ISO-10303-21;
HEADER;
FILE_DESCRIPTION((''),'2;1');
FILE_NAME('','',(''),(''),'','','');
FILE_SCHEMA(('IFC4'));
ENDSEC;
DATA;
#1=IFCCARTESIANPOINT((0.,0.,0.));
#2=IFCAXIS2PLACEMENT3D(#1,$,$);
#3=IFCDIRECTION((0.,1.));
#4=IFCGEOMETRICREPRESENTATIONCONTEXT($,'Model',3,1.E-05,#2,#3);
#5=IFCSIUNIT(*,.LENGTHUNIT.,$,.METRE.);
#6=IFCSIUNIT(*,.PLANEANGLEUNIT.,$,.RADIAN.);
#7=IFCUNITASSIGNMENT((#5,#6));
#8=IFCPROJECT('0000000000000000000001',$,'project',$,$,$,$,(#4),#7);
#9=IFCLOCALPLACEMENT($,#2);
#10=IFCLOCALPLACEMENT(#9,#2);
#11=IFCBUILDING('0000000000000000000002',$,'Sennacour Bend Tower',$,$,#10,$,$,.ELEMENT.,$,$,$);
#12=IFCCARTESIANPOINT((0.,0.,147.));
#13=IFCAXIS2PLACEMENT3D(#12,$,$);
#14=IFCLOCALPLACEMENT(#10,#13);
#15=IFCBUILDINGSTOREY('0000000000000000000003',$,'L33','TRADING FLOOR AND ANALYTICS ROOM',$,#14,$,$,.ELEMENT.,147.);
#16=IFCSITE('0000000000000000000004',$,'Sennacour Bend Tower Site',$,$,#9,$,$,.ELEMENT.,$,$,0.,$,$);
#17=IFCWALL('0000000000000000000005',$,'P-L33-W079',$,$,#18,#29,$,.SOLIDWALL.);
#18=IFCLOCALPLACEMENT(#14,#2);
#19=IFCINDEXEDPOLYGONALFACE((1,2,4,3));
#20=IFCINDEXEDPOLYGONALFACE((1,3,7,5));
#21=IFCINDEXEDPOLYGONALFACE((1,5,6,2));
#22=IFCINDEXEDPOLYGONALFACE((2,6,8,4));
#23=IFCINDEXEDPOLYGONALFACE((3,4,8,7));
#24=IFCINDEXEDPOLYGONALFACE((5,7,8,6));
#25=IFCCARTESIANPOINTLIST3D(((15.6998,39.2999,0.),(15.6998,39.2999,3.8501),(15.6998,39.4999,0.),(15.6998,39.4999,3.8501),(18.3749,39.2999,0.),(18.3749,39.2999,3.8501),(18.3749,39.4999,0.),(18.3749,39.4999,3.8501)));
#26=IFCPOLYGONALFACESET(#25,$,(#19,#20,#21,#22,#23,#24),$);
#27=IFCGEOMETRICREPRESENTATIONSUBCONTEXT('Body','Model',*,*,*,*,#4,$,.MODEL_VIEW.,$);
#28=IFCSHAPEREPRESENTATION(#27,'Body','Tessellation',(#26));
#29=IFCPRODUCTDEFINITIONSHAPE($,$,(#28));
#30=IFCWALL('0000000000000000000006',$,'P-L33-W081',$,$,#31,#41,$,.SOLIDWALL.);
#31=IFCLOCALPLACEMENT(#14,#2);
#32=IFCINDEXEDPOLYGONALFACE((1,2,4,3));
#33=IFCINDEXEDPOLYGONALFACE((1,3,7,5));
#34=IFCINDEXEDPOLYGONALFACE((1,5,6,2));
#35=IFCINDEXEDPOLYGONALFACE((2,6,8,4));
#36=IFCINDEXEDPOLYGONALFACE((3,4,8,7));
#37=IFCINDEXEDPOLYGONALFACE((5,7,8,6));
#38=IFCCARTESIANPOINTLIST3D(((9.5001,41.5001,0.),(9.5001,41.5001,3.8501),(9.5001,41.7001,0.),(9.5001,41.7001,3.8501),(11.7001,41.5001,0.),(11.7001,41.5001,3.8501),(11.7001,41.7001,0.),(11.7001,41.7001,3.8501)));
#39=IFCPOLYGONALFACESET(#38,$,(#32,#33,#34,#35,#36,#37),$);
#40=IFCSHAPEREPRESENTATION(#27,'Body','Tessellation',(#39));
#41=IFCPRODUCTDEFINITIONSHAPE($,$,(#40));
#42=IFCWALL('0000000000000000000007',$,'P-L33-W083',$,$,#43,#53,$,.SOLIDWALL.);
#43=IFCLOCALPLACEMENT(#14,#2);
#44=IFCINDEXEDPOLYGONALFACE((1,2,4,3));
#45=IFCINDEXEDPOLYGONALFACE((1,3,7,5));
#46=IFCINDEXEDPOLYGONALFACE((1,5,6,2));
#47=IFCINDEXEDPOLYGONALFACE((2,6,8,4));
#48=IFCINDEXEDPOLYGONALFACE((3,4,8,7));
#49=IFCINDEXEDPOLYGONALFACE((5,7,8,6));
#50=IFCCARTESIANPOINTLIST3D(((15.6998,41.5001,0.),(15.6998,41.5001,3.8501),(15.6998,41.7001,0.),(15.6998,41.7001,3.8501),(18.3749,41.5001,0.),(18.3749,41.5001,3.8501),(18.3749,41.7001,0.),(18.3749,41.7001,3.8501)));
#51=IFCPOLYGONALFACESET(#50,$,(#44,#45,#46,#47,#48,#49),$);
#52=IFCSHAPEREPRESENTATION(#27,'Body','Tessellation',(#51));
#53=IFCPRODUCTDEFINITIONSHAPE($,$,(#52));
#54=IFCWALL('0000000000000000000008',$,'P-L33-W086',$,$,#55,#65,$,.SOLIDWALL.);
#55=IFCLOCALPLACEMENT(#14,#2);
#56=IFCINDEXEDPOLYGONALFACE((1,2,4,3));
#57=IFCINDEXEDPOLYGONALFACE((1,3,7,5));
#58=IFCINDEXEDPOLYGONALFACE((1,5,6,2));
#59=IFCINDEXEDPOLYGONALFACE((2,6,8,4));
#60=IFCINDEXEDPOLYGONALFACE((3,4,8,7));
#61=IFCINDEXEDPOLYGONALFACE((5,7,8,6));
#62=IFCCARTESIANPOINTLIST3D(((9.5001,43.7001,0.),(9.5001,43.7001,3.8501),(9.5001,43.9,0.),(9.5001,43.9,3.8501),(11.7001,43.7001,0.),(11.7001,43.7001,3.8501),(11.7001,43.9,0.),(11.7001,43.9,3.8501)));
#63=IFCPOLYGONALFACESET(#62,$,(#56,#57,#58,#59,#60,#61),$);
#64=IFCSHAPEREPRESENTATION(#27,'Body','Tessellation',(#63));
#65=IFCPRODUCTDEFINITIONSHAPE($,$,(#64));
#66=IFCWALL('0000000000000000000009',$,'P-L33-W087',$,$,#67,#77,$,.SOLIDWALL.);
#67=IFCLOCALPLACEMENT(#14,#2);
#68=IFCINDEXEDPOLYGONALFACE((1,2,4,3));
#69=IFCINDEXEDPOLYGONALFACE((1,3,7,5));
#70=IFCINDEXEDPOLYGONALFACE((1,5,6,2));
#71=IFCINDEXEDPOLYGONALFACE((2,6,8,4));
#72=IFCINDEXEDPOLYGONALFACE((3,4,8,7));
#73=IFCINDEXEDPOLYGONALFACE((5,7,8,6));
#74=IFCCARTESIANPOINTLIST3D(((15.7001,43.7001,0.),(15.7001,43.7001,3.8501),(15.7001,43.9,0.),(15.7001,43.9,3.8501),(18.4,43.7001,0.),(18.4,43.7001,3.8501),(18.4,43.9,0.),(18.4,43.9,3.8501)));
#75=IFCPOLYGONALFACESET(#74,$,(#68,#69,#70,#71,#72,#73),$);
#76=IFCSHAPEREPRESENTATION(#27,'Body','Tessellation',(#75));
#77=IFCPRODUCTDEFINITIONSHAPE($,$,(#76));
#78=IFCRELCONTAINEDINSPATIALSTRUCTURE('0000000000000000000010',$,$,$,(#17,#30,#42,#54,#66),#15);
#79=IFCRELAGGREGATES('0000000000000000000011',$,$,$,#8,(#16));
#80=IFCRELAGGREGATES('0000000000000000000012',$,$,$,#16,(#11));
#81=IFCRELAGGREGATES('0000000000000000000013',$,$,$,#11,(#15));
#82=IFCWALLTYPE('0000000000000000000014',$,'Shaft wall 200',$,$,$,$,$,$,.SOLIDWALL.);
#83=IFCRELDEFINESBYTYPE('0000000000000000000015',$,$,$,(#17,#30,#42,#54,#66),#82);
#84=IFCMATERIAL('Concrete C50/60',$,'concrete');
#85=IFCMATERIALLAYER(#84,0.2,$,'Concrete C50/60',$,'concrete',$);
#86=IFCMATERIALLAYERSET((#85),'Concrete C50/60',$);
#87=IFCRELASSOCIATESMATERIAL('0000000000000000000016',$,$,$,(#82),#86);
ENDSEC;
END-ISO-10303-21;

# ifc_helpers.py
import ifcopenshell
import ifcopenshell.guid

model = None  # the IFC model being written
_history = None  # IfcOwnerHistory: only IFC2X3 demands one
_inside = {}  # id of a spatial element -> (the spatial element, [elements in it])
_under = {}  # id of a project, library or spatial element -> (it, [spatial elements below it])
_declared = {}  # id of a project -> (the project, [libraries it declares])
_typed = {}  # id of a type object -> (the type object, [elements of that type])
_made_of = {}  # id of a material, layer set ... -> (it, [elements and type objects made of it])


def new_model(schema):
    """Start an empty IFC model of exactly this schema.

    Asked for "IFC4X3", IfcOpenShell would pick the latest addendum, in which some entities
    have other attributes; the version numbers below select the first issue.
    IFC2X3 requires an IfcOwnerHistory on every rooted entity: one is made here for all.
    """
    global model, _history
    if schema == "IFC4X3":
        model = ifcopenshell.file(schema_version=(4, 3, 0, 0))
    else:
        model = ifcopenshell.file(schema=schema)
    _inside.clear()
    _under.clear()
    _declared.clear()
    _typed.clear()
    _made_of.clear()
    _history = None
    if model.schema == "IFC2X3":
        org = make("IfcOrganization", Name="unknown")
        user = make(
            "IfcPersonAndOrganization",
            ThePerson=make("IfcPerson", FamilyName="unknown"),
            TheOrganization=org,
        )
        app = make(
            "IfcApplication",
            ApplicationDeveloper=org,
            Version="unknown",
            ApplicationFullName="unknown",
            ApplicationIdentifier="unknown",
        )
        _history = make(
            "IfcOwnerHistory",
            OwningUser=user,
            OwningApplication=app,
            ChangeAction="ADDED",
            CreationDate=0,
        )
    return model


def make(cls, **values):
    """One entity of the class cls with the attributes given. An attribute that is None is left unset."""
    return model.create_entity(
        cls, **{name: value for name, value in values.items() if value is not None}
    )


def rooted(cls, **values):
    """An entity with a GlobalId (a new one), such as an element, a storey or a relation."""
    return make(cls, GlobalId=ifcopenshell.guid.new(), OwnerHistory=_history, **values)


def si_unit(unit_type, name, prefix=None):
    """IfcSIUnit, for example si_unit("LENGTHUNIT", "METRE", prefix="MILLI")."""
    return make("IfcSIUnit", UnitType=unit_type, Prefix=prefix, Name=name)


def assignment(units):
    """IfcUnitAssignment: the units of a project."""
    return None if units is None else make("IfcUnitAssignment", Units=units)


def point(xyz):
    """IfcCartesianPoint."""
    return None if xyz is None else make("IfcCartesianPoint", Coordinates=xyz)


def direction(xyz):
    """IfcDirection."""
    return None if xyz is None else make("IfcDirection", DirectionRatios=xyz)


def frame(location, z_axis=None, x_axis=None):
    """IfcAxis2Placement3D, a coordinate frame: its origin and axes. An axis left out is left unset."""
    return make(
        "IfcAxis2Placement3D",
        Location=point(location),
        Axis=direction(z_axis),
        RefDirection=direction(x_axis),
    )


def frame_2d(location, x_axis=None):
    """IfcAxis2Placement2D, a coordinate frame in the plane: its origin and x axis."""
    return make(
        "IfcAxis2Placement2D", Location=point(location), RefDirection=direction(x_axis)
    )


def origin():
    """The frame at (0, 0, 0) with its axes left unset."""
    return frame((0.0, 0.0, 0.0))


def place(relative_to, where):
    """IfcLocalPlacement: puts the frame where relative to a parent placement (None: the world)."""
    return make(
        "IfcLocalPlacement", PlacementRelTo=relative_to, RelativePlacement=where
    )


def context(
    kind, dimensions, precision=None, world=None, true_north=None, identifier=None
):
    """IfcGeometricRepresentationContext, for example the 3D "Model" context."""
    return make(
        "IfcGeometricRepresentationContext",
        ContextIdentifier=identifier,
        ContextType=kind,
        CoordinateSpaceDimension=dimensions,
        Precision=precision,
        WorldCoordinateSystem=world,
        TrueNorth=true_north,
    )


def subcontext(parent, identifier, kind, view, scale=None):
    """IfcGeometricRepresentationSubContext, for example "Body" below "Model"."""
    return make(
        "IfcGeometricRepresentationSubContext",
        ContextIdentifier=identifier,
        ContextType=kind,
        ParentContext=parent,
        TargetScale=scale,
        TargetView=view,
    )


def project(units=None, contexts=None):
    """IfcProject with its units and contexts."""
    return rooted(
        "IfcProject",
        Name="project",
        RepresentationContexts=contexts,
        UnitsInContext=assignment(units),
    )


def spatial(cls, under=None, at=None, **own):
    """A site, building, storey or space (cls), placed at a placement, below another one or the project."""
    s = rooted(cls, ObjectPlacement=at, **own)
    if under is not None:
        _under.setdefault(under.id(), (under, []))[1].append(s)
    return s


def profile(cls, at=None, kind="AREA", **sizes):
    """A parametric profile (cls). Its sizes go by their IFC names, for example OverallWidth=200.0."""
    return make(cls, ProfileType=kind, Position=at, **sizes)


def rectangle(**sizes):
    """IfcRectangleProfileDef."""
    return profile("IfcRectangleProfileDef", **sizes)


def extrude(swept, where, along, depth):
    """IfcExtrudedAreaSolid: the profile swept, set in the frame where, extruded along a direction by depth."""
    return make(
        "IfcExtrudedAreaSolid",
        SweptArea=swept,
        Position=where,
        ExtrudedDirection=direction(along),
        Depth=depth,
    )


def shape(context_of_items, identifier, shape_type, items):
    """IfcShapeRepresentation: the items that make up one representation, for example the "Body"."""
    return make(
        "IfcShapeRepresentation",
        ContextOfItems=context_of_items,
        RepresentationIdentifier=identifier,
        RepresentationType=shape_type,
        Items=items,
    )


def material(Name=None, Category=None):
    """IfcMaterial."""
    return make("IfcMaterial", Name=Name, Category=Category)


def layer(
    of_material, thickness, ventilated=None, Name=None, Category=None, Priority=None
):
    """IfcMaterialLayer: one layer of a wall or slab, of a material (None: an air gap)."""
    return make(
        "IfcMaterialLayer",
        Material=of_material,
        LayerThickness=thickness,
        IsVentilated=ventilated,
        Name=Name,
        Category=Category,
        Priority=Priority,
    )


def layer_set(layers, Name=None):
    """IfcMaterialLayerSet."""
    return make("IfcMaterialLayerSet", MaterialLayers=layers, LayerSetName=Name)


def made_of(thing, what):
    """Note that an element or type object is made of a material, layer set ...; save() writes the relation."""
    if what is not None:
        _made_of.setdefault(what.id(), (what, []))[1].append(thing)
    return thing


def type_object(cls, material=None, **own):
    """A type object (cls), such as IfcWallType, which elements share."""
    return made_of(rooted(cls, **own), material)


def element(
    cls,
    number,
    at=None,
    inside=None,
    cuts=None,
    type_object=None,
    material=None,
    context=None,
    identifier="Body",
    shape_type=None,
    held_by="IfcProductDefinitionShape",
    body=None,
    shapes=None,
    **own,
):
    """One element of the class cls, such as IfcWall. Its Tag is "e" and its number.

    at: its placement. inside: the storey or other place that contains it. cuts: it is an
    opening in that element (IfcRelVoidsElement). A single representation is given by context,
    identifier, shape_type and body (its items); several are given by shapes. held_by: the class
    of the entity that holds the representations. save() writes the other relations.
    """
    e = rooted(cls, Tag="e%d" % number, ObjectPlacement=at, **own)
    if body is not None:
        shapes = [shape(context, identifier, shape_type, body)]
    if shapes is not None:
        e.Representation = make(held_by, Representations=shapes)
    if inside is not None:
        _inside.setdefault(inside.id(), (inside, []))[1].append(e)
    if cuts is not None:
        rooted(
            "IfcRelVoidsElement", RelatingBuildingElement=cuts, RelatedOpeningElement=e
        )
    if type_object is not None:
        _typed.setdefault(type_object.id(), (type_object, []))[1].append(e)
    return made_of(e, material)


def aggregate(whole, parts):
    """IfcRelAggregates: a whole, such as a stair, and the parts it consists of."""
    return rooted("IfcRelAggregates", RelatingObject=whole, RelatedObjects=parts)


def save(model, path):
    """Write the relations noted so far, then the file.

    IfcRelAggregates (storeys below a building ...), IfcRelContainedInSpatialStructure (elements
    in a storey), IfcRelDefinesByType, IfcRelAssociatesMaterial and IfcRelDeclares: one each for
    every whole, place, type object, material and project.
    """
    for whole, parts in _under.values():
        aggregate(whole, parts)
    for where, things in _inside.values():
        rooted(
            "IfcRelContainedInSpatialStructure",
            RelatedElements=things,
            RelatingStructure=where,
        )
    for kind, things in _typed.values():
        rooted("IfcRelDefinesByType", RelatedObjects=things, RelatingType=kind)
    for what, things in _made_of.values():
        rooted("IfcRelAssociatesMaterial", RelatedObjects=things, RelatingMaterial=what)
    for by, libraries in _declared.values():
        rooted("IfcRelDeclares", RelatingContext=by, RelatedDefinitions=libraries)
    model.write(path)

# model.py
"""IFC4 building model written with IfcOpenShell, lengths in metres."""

from ifc_helpers import new_model, si_unit, direction, frame, frame_2d, origin, place, context, subcontext, project, spatial, rectangle, extrude, material, layer, layer_set, type_object, element, save


model = new_model("IFC4")

# Units and contexts
model_context = context("Model", 3, precision=1e-05, world=origin(), true_north=direction((0.0, 1.0)))
body_context = subcontext(model_context, "Body", "Model", "MODEL_VIEW")
ifc_project = project(units=[si_unit("LENGTHUNIT", "METRE"), si_unit("PLANEANGLEUNIT", "RADIAN")], contexts=[model_context])

# Site, building, storey
site_placement = place(None, origin())
site = spatial("IfcSite", under=ifc_project, at=site_placement, Name="Sennacour Bend Tower Site", CompositionType="ELEMENT", RefElevation=0.0)
building_placement = place(site_placement, origin())
building = spatial("IfcBuilding", under=site, at=building_placement, Name="Sennacour Bend Tower", CompositionType="ELEMENT")
storey_placement = place(building_placement, frame((0.0, 0.0, 147.0)))
storey = spatial("IfcBuildingStorey", under=building, at=storey_placement, Name="L33", Description="TRADING FLOOR AND ANALYTICS ROOM", CompositionType="ELEMENT", Elevation=147.0)

# Shared definitions
ifc_material_1 = material(Name="Concrete C50/60", Category="concrete")
ifc_layer_1 = layer(ifc_material_1, 0.2, Name="Concrete C50/60", Category="concrete")
ifc_layer_set_1 = layer_set([ifc_layer_1], Name="Concrete C50/60")
wall_type_1 = type_object("IfcWallType", Name="Shaft wall 200", PredefinedType="SOLIDWALL", material=ifc_layer_set_1)

# Walls
wall_1_placement = place(storey_placement, frame((15.7, 39.3999, 0.0), z_axis=(0.0, 0.0, 1.0), x_axis=(1.0, 0.0, 0.0)))
element("IfcWall", 1, at=wall_1_placement, inside=storey, type_object=wall_type_1, Name="P-L33-W079", PredefinedType="SOLIDWALL", context=body_context, shape_type="SweptSolid", body=[
    extrude(rectangle(XDim=2.675, YDim=0.2, at=frame_2d((1.3374, 0.0))), origin(), (0.0, 0.0, 1.0), 3.8501),
])
wall_2_placement = place(storey_placement, frame((9.5, 41.6001, 0.0), z_axis=(0.0, 0.0, 1.0), x_axis=(1.0, 0.0, 0.0)))
element("IfcWall", 2, at=wall_2_placement, inside=storey, type_object=wall_type_1, Name="P-L33-W081", PredefinedType="SOLIDWALL", context=body_context, shape_type="SweptSolid", body=[
    extrude(rectangle(XDim=2.2, YDim=0.2, at=frame_2d((1.1001, 0.0))), origin(), (0.0, 0.0, 1.0), 3.8501),
])
wall_3_placement = place(storey_placement, frame((15.7, 41.6001, 0.0), z_axis=(0.0, 0.0, 1.0), x_axis=(1.0, 0.0, 0.0)))
element("IfcWall", 3, at=wall_3_placement, inside=storey, type_object=wall_type_1, Name="P-L33-W083", PredefinedType="SOLIDWALL", context=body_context, shape_type="SweptSolid", body=[
    extrude(rectangle(XDim=2.675, YDim=0.2, at=frame_2d((1.3374, 0.0))), origin(), (0.0, 0.0, 1.0), 3.8501),
])
wall_4_placement = place(storey_placement, frame((9.5, 43.8, 0.0), z_axis=(0.0, 0.0, 1.0), x_axis=(1.0, 0.0, 0.0)))
element("IfcWall", 4, at=wall_4_placement, inside=storey, type_object=wall_type_1, Name="P-L33-W086", PredefinedType="SOLIDWALL", context=body_context, shape_type="SweptSolid", body=[
    extrude(rectangle(XDim=2.2, YDim=0.2, at=frame_2d((1.1001, 0.0))), origin(), (0.0, 0.0, 1.0), 3.8501),
])
wall_5_placement = place(storey_placement, frame((15.7, 43.8, 0.0), z_axis=(0.0, 0.0, 1.0), x_axis=(1.0, 0.0, 0.0)))
element("IfcWall", 5, at=wall_5_placement, inside=storey, type_object=wall_type_1, Name="P-L33-W087", PredefinedType="SOLIDWALL", context=body_context, shape_type="SweptSolid", body=[
    extrude(rectangle(XDim=2.7, YDim=0.2, at=frame_2d((1.3501, 0.0))), origin(), (0.0, 0.0, 1.0), 3.8501),
])

save(model, "model.ifc")
